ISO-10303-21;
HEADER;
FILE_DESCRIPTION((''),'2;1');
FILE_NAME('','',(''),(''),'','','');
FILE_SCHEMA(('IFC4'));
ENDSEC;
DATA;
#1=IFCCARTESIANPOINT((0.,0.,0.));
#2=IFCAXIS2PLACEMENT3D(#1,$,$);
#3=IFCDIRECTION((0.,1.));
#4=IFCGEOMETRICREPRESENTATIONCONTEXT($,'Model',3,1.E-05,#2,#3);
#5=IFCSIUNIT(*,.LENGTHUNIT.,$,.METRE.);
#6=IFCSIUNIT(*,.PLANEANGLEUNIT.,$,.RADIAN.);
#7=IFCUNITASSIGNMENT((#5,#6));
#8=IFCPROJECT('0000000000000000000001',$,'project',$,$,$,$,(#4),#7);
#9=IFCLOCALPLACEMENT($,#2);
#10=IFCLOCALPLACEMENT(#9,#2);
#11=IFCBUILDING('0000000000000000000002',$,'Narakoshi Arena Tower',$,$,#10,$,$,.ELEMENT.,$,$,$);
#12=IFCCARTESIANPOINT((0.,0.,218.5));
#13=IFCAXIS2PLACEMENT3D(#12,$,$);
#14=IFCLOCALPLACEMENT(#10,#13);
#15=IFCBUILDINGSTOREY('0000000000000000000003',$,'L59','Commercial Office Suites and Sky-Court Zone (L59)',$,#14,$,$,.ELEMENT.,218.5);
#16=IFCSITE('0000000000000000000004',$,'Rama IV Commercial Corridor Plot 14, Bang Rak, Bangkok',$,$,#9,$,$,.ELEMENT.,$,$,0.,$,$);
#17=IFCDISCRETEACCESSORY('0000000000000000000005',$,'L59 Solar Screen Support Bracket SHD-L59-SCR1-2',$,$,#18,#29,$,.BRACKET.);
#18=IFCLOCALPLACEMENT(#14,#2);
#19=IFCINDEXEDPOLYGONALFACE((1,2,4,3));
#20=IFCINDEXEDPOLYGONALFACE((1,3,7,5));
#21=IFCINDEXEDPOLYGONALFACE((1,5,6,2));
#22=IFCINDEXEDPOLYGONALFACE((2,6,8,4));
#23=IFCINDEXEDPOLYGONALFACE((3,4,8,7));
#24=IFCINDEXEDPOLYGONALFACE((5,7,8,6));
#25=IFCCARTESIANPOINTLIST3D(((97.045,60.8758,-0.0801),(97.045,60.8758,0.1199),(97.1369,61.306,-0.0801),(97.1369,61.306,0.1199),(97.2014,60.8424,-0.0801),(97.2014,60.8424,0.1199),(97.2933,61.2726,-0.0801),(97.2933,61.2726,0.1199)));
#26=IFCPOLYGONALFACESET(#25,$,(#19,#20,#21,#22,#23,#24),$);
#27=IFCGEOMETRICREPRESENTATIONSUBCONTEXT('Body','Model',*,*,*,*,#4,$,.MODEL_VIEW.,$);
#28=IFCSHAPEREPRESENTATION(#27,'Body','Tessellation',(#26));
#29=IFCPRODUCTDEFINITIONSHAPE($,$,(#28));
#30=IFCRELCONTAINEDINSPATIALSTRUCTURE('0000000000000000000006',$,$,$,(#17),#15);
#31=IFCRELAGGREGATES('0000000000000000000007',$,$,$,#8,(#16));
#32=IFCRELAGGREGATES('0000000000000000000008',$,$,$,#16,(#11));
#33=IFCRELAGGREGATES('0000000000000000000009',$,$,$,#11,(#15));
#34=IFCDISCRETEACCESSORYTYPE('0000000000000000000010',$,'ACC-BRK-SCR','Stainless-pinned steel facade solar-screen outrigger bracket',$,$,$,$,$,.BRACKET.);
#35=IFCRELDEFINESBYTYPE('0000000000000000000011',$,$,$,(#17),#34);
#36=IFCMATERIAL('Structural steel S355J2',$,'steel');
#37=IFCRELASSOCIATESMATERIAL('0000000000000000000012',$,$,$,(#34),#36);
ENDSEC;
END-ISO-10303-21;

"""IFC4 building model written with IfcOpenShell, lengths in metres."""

from ifc_helpers import new_model, si_unit, direction, frame, origin, origin_2d, place, context, subcontext, project, spatial, rectangle, extrude, material, type_object, element, save


model = new_model("IFC4")

# Units and contexts
model_context = context("Model", 3, precision=1e-05, world=origin(), true_north=direction((0.0, 1.0)))
body_context = subcontext(model_context, "Body", "Model", "MODEL_VIEW")
ifc_project = project(units=[si_unit("LENGTHUNIT", "METRE"), si_unit("PLANEANGLEUNIT", "RADIAN")], contexts=[model_context])

# Site, building, storey
site_placement = place(None, origin())
site = spatial("IfcSite", under=ifc_project, at=site_placement, Name="Rama IV Commercial Corridor Plot 14, Bang Rak, Bangkok", CompositionType="ELEMENT", RefElevation=0.0)
building_placement = place(site_placement, origin())
building = spatial("IfcBuilding", under=site, at=building_placement, Name="Narakoshi Arena Tower", CompositionType="ELEMENT")
storey_placement = place(building_placement, frame((0.0, 0.0, 218.5)))
storey = spatial("IfcBuildingStorey", under=building, at=storey_placement, Name="L59", Description="Commercial Office Suites and Sky-Court Zone (L59)", CompositionType="ELEMENT", Elevation=218.5)

# Shared definitions
ifc_material_1 = material(Name="Structural steel S355J2", Category="steel")

# Discrete accessory
discrete_accessory_type = type_object("IfcDiscreteAccessoryType", Name="ACC-BRK-SCR", Description="Stainless-pinned steel facade solar-screen outrigger bracket", PredefinedType="BRACKET", material=ifc_material_1)
discrete_accessory_placement = place(storey_placement, frame((97.1692, 61.0742, -0.0801), z_axis=(0.0, 0.0, 1.0), x_axis=(-0.977937, 0.208902, 0.0)))
element("IfcDiscreteAccessory", 1, at=discrete_accessory_placement, inside=storey, type_object=discrete_accessory_type, Name="L59 Solar Screen Support Bracket SHD-L59-SCR1-2", PredefinedType="BRACKET", context=body_context, shape_type="SweptSolid", body=[
    extrude(rectangle(XDim=0.1599, YDim=0.4399, at=origin_2d()), origin(), (0.0, 0.0, 1.0), 0.2),
])

save(model, "model.ifc")
